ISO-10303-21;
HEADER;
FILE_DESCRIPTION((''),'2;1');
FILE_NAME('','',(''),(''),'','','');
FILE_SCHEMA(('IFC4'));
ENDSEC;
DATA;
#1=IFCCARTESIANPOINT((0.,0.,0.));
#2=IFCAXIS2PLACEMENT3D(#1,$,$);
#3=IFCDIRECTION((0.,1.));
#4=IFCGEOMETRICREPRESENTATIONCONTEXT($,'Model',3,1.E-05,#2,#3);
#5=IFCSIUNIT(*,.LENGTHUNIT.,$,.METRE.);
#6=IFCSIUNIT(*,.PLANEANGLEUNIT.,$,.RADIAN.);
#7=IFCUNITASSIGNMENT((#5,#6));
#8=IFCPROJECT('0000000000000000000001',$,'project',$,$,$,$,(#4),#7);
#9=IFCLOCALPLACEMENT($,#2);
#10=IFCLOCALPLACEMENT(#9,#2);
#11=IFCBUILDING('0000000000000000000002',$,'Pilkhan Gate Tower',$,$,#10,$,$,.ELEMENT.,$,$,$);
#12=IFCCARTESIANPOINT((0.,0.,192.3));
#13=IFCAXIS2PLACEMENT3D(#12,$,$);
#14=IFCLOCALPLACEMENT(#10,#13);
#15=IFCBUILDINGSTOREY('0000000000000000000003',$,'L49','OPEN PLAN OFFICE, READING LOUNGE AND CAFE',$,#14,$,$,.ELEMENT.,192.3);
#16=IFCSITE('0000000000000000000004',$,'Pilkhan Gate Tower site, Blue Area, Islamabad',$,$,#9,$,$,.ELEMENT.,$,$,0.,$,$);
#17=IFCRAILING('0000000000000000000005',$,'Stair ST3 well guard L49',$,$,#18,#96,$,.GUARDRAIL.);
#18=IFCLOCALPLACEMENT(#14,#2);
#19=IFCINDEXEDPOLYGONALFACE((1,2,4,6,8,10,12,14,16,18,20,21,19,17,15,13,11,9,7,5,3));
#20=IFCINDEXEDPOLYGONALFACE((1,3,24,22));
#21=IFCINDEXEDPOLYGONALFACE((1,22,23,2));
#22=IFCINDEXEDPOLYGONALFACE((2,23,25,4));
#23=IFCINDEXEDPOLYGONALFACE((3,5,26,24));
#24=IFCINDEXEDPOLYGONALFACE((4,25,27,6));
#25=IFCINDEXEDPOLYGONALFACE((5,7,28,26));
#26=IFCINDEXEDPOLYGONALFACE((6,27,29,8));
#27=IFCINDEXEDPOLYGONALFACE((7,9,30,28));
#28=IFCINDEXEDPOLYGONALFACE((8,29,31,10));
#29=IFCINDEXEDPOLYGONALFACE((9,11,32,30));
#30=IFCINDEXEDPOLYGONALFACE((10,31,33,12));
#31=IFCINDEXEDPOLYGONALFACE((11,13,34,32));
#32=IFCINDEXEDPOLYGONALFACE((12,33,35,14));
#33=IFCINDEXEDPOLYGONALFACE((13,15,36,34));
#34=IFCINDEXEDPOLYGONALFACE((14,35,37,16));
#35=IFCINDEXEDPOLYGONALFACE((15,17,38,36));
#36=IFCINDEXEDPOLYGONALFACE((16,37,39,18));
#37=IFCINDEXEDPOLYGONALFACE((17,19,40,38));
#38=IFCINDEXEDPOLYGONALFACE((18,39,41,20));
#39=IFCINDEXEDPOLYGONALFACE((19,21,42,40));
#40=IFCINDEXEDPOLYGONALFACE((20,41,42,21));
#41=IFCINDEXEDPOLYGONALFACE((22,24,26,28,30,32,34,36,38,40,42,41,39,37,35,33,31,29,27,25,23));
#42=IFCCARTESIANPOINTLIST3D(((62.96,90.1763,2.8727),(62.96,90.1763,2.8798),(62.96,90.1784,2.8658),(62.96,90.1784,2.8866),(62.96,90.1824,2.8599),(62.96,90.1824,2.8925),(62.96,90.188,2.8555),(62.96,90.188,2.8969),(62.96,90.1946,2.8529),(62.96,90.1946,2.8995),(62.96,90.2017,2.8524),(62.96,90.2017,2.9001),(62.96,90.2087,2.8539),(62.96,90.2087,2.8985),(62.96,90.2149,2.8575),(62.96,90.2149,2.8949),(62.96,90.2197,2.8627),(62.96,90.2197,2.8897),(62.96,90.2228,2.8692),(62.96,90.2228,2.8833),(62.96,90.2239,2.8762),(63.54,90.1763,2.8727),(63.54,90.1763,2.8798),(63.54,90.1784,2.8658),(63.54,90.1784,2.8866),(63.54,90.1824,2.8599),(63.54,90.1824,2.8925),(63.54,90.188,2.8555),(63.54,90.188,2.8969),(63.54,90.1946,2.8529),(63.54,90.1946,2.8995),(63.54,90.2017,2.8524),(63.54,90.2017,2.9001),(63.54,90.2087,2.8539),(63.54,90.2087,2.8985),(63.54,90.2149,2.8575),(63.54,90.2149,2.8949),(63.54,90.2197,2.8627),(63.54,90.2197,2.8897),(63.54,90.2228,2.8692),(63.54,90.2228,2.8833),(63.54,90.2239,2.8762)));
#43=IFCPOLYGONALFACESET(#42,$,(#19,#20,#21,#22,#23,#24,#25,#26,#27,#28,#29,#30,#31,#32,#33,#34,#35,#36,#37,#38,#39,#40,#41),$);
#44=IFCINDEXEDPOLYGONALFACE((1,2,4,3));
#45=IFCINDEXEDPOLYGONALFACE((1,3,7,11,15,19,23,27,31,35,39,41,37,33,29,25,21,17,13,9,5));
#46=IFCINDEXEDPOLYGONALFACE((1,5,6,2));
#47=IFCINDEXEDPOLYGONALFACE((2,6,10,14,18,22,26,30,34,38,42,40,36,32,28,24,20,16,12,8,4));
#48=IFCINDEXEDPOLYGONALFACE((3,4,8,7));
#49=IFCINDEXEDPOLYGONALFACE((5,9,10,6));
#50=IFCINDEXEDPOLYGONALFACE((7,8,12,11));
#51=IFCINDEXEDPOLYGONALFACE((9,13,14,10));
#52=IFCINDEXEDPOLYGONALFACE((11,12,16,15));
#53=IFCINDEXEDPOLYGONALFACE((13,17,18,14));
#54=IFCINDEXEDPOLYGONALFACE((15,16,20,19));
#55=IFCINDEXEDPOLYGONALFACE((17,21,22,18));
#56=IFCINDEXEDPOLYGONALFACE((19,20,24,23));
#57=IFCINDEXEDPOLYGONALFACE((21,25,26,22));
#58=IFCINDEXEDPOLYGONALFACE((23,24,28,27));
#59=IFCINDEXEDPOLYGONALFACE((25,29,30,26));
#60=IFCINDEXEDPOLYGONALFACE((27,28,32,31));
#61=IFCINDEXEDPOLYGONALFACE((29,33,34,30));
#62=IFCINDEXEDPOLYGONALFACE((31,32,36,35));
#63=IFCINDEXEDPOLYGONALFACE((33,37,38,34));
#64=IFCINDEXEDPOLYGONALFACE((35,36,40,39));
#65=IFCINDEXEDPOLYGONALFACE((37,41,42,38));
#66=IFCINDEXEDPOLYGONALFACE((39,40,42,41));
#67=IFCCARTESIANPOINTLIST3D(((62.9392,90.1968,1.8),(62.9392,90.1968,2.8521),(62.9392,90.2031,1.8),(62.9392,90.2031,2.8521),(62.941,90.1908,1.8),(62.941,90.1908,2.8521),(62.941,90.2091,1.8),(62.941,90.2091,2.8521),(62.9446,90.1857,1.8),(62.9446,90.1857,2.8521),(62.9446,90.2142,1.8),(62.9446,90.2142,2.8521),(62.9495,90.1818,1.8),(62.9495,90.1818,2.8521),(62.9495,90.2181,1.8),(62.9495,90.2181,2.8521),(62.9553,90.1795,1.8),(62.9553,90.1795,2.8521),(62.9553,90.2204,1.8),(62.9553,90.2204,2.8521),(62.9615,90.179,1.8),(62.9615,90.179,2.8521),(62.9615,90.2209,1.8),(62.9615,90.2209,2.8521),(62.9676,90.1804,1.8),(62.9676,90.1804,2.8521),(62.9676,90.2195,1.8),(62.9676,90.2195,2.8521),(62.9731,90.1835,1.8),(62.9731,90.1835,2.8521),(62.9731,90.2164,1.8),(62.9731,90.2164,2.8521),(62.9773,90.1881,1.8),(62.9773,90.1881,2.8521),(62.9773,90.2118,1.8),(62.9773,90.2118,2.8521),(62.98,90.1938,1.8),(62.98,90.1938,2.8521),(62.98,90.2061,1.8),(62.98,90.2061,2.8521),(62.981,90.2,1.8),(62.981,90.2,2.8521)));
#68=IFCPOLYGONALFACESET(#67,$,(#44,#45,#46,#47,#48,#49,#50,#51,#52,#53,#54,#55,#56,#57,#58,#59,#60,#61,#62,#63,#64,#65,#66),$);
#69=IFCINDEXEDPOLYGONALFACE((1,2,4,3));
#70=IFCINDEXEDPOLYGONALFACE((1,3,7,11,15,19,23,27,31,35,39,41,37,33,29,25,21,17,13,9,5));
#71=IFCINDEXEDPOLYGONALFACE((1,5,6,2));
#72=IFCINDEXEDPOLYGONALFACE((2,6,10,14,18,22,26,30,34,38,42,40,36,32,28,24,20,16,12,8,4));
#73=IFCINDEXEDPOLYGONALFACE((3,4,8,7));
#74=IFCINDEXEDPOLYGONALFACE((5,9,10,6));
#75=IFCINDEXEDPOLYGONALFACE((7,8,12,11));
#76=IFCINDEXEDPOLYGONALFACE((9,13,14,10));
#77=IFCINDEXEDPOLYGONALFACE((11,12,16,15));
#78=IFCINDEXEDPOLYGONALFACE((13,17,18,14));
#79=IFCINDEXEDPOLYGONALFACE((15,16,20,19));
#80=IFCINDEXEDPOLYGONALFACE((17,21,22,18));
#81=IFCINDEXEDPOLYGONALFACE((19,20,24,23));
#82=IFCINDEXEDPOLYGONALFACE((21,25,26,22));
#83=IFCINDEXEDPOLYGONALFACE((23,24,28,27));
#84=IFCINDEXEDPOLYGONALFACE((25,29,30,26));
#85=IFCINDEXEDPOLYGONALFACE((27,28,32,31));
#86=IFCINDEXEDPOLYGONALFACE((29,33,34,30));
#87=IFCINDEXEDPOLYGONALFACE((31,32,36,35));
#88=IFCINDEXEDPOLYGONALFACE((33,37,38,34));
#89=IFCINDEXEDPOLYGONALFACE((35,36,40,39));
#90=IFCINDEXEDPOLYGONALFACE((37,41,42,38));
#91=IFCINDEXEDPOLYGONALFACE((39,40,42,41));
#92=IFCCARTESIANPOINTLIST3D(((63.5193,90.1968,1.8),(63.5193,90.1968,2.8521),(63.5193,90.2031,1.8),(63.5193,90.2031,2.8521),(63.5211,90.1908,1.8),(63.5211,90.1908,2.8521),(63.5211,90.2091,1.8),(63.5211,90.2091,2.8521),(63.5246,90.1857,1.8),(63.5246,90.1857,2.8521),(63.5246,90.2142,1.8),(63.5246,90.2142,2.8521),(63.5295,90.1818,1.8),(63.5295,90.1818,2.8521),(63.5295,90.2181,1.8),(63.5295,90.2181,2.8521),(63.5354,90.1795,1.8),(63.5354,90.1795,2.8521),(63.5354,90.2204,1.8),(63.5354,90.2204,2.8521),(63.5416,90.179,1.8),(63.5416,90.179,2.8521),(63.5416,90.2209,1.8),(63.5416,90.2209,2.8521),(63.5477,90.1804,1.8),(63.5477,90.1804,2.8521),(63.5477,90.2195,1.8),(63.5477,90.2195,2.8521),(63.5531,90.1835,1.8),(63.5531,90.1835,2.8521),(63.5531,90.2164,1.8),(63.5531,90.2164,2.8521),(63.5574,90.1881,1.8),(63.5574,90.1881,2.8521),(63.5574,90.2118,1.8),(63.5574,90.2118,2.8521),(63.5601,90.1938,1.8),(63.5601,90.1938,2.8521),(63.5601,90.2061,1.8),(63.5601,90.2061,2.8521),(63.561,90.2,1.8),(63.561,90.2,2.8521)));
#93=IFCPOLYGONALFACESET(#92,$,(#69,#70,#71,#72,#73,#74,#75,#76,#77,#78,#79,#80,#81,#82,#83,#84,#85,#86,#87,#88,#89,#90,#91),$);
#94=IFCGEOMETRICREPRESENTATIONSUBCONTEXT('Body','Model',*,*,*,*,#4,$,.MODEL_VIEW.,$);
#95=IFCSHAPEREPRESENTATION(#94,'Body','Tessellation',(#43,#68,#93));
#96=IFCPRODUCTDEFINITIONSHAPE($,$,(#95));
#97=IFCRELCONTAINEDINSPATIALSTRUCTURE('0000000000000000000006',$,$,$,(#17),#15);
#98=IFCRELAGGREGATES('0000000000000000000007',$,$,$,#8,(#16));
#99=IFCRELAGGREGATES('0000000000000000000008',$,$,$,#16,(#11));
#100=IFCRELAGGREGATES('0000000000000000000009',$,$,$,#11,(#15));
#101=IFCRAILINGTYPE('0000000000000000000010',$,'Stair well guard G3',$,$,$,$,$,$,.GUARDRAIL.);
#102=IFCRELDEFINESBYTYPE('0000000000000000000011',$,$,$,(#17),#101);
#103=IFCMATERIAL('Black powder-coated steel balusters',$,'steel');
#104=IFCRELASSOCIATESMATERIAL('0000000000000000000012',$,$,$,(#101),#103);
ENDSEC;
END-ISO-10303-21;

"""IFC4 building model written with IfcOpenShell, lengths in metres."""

from ifc_helpers import new_model, si_unit, direction, frame, origin, origin_2d, place, context, subcontext, project, spatial, circle, extrude, material, type_object, element, save


model = new_model("IFC4")

# Units and contexts
model_context = context("Model", 3, precision=1e-05, world=origin(), true_north=direction((0.0, 1.0)))
body_context = subcontext(model_context, "Body", "Model", "MODEL_VIEW")
ifc_project = project(units=[si_unit("LENGTHUNIT", "METRE"), si_unit("PLANEANGLEUNIT", "RADIAN")], contexts=[model_context])

# Site, building, storey
site_placement = place(None, origin())
site = spatial("IfcSite", under=ifc_project, at=site_placement, Name="Pilkhan Gate Tower site, Blue Area, Islamabad", CompositionType="ELEMENT", RefElevation=0.0)
building_placement = place(site_placement, origin())
building = spatial("IfcBuilding", under=site, at=building_placement, Name="Pilkhan Gate Tower", CompositionType="ELEMENT")
storey_placement = place(building_placement, frame((0.0, 0.0, 192.3)))
storey = spatial("IfcBuildingStorey", under=building, at=storey_placement, Name="L49", Description="OPEN PLAN OFFICE, READING LOUNGE AND CAFE", CompositionType="ELEMENT", Elevation=192.3)

# Railing
ifc_material_1 = material(Name="Black powder-coated steel balusters", Category="steel")
railing_type_1 = type_object("IfcRailingType", Name="Stair well guard G3", PredefinedType="GUARDRAIL", material=ifc_material_1)
for number, where, name in (
    (1, (62.96, 90.2, 1.8), "Stair ST3 well guard L49"),
):
    element("IfcRailing", number, at=place(storey_placement, frame(where)), inside=storey, type_object=railing_type_1, Name=name, PredefinedType="GUARDRAIL", context=body_context, shape_type="SweptSolid", body=[
        extrude(circle(Radius=0.0239, at=origin_2d()), frame((0.0, 0.0, 1.0762), z_axis=(1.0, 0.0, 0.0), x_axis=(0.0, 1.0, 0.0)), (0.0, 0.0, 1.0), 0.5801),
        extrude(circle(Radius=0.021, at=origin_2d()), origin(), (0.0, 0.0, 1.0), 1.052),
        extrude(circle(Radius=0.021, at=origin_2d()), frame((0.5801, 0.0, 0.0)), (0.0, 0.0, 1.0), 1.052),
    ])

save(model, "model.ifc")
